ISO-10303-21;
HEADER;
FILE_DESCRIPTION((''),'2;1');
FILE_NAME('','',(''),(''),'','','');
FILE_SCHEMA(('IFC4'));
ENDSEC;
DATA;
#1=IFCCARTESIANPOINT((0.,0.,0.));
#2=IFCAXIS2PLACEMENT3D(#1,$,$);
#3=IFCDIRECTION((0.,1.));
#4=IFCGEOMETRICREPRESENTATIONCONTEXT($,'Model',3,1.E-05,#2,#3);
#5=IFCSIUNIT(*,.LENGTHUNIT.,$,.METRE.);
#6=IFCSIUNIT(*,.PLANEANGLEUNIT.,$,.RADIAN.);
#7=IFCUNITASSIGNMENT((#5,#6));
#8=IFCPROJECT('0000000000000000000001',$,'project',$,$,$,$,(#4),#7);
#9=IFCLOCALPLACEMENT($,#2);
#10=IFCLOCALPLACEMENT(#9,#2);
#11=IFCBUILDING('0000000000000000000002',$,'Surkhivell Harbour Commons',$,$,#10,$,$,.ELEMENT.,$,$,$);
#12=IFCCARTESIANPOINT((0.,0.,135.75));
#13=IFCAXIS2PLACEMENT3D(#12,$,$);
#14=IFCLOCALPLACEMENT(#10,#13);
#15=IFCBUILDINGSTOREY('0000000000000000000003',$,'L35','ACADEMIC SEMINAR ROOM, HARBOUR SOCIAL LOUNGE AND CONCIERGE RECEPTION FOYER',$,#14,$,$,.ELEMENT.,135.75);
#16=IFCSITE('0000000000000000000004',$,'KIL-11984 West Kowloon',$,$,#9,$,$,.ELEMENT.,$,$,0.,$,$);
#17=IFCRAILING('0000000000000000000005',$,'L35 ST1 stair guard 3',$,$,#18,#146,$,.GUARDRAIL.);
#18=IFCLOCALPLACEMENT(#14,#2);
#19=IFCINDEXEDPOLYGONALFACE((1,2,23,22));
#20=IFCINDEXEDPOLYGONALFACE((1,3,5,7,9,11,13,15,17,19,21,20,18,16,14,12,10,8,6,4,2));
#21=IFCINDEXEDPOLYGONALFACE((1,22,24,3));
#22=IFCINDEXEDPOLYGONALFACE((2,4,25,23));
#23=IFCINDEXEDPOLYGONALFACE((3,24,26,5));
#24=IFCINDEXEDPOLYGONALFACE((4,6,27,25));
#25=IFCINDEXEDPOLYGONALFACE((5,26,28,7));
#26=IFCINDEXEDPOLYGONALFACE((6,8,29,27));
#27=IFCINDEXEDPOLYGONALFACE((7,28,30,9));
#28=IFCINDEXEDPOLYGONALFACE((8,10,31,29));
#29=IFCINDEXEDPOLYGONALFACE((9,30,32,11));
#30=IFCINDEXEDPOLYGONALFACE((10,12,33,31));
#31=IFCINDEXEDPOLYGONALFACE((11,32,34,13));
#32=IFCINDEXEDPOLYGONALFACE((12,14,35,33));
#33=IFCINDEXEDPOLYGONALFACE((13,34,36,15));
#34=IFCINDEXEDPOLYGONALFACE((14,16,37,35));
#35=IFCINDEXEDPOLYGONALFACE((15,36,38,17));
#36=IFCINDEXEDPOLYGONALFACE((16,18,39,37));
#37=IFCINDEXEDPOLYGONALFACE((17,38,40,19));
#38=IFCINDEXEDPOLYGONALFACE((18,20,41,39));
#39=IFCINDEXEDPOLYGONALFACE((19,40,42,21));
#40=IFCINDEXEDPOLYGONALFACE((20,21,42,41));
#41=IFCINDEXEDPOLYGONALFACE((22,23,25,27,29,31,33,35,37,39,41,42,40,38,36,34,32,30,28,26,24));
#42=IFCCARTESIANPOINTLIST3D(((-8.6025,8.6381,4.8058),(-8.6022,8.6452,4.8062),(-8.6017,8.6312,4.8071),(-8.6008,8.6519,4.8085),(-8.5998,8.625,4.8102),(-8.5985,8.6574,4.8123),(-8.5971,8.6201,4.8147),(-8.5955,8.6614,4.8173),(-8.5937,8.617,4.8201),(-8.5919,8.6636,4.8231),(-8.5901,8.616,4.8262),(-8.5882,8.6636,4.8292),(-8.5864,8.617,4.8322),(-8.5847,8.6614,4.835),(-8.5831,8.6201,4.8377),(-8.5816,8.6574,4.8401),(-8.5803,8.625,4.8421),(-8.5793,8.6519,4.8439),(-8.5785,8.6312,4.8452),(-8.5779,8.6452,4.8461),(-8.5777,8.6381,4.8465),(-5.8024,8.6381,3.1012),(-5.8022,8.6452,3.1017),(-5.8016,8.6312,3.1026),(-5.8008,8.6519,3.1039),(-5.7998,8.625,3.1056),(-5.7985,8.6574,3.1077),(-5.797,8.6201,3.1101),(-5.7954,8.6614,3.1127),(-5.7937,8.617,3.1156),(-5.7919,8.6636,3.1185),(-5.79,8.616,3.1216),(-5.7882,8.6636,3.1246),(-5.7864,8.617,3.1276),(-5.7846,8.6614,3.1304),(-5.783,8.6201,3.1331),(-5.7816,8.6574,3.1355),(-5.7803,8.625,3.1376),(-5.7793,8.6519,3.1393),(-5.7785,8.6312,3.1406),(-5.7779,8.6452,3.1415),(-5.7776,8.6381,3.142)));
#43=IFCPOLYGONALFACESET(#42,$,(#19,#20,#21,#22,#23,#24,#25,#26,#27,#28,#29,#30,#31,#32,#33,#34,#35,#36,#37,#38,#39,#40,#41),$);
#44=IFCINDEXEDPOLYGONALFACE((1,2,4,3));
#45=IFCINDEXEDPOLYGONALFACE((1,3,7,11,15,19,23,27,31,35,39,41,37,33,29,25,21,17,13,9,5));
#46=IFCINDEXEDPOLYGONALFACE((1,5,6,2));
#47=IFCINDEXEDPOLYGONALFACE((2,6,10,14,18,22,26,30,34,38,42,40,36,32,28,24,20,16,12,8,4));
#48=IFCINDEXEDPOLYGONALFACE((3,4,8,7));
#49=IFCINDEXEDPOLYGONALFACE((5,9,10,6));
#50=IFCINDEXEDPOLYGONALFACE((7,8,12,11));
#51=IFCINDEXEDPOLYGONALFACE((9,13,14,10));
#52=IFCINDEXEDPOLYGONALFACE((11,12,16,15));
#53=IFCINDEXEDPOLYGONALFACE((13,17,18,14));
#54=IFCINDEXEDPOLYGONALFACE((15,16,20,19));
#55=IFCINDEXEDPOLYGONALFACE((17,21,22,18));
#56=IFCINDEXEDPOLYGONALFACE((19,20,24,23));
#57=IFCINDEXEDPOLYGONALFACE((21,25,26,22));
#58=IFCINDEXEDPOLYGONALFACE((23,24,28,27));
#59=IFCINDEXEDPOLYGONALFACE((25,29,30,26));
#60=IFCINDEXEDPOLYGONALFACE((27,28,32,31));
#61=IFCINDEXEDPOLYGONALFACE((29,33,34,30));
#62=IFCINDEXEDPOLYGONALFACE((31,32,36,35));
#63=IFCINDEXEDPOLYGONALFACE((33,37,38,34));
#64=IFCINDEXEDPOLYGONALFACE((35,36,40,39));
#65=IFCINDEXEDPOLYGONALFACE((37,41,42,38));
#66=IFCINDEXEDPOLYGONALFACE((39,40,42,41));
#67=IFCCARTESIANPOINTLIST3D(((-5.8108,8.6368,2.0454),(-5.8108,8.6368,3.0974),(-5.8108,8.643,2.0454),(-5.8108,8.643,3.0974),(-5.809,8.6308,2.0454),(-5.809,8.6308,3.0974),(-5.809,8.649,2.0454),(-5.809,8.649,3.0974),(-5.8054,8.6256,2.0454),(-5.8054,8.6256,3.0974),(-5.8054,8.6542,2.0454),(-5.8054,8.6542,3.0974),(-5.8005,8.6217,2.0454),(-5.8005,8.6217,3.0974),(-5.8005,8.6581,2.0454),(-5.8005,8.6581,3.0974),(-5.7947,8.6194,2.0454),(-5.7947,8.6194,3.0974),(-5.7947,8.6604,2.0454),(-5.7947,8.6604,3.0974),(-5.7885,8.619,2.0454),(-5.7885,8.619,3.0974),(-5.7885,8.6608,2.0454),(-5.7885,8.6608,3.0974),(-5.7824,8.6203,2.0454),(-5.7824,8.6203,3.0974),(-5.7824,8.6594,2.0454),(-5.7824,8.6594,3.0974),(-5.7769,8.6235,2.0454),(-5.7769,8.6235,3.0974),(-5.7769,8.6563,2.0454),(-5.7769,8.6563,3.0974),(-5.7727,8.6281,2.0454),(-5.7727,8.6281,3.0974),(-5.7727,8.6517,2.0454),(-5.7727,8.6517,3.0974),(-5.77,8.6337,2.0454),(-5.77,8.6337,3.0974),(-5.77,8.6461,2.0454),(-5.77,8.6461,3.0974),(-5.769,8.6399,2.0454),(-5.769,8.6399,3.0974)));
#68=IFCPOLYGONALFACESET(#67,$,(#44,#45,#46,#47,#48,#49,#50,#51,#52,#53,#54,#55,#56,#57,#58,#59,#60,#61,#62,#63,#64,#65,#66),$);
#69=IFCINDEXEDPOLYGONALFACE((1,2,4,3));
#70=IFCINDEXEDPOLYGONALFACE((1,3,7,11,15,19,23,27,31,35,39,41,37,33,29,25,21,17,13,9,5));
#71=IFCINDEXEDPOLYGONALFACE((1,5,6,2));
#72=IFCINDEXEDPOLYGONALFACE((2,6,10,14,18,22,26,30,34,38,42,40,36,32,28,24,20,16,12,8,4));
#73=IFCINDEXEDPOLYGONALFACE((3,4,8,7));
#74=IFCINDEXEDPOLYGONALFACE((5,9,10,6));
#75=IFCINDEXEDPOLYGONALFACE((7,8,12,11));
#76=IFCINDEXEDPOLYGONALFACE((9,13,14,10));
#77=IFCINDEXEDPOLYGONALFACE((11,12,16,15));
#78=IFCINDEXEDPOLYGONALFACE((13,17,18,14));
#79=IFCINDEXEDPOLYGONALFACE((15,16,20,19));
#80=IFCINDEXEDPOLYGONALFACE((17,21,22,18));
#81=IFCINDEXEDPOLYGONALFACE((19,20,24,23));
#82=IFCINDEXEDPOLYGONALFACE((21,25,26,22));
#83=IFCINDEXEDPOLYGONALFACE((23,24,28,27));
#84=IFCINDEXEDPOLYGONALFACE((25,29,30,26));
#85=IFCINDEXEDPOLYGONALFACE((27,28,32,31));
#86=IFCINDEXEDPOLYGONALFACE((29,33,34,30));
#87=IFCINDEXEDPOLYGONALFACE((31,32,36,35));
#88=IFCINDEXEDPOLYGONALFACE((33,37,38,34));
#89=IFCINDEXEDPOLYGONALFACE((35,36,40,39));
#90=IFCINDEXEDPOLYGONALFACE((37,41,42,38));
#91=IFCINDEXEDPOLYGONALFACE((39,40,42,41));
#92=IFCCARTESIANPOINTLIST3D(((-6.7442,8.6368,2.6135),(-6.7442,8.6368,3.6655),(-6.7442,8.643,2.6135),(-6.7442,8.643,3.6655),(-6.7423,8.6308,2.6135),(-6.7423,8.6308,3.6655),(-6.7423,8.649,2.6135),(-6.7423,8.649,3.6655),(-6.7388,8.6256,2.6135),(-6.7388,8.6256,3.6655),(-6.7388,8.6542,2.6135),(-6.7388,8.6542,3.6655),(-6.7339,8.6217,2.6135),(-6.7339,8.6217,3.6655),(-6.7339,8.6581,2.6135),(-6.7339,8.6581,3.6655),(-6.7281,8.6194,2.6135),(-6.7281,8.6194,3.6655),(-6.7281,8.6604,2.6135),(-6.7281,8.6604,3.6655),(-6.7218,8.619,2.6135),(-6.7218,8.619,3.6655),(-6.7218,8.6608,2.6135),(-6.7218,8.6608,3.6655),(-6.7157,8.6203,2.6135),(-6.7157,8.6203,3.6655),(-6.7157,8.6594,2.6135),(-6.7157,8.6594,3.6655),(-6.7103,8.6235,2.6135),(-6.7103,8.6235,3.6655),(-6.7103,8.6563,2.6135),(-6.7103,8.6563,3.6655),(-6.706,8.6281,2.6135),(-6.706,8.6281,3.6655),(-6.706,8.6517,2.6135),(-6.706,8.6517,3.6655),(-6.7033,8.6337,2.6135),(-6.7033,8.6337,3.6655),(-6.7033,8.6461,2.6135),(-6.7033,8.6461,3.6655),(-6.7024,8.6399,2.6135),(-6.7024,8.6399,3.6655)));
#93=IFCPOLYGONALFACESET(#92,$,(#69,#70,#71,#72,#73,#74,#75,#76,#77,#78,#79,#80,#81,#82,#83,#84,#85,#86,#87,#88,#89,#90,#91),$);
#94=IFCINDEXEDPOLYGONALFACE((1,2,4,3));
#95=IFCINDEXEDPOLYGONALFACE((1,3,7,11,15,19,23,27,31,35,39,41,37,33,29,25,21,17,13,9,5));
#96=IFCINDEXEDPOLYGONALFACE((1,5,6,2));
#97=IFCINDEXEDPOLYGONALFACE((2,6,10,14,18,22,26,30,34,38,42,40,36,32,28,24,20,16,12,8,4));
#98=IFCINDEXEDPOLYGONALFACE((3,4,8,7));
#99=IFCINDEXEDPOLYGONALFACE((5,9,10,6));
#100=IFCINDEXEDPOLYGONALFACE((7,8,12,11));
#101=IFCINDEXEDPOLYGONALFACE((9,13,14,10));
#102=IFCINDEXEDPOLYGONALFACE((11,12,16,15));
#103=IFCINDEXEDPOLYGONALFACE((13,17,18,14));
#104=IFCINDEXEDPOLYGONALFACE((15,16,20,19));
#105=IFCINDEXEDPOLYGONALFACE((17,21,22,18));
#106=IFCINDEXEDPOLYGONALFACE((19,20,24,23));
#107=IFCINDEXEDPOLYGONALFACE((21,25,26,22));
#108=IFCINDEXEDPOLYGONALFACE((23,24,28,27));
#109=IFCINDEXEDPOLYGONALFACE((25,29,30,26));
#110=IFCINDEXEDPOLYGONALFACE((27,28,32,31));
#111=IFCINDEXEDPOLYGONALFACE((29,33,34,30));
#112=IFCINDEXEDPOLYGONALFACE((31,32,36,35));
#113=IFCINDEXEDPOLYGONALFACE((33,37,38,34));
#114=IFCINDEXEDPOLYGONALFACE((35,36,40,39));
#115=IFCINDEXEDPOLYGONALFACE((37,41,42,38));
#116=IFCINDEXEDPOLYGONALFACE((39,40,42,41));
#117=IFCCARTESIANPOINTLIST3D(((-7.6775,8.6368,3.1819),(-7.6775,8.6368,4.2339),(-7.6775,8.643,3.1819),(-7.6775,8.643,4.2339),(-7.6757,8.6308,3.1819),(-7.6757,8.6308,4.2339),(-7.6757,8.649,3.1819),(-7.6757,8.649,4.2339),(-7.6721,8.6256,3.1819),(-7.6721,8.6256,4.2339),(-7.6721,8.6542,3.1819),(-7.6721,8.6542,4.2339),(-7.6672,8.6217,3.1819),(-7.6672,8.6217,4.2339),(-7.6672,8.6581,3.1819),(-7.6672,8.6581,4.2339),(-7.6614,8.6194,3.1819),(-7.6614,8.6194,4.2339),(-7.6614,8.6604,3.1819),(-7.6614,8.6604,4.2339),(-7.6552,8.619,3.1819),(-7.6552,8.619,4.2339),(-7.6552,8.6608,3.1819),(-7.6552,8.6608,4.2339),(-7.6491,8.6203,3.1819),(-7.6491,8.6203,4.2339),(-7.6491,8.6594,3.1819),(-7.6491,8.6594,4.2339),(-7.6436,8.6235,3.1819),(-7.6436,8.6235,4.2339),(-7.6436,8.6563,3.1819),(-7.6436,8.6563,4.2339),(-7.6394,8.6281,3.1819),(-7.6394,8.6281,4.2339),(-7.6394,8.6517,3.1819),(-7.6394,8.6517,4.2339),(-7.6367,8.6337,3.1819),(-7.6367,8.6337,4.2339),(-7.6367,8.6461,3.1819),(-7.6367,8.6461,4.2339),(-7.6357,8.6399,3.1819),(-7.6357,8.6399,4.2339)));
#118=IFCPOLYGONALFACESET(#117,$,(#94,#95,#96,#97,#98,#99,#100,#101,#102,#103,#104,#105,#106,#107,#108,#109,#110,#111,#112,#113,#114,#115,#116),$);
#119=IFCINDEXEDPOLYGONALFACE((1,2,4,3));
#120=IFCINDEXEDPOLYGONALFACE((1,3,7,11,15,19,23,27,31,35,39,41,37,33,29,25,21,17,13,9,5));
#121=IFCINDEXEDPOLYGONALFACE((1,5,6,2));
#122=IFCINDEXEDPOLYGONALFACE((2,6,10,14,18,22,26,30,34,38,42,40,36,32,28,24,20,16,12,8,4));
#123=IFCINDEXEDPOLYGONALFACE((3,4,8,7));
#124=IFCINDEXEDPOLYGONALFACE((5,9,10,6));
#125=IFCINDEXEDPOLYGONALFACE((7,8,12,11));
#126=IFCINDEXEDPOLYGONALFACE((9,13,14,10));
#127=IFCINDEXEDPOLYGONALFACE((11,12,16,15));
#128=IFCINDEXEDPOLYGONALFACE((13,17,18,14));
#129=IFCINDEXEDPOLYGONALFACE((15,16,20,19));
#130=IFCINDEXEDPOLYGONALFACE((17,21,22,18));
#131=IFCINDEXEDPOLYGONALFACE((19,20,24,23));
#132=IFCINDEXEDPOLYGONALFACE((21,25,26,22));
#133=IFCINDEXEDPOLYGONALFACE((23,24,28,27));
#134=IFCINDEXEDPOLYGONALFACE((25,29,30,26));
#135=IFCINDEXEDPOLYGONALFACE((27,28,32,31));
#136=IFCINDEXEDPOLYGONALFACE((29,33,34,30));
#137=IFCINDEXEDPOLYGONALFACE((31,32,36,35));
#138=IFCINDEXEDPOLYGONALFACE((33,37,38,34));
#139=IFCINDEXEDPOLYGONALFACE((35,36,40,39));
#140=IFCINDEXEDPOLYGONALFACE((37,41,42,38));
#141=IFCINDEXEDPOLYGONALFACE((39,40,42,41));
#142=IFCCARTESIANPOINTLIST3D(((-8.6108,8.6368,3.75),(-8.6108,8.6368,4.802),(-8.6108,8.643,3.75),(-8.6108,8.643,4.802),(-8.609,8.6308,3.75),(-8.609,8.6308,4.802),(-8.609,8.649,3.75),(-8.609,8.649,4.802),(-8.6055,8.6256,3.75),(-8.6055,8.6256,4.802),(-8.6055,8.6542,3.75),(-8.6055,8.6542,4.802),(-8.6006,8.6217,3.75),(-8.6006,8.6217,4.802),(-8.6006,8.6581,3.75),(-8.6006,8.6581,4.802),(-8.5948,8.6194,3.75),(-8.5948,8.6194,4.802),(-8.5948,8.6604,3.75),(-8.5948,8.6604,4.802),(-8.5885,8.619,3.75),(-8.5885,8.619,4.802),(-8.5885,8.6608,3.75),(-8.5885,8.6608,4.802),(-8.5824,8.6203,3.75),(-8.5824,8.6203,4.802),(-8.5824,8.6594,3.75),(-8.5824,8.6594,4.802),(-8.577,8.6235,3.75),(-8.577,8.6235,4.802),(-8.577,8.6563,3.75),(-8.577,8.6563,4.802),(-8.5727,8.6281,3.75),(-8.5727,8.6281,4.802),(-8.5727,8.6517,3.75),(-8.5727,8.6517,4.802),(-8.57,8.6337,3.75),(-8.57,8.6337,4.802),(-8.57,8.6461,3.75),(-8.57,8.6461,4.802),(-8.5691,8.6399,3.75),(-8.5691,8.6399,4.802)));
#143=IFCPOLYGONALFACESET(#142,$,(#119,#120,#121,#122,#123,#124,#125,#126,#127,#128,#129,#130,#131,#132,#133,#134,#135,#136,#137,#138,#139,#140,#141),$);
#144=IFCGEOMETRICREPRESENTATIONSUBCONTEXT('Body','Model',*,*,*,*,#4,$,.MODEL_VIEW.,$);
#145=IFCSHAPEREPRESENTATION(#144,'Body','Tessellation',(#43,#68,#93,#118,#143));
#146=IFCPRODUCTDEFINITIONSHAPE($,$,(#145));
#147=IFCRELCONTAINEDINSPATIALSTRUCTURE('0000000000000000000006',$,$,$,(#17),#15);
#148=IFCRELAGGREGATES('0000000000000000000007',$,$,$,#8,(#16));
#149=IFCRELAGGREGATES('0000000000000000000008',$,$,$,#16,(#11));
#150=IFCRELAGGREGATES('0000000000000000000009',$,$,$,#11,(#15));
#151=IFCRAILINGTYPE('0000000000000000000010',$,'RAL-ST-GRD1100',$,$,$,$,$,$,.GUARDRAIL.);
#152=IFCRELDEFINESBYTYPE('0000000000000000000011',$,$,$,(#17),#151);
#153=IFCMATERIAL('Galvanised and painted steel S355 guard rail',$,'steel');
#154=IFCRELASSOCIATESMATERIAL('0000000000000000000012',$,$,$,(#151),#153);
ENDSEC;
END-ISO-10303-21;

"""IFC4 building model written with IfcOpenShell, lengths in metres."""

from ifc_helpers import new_model, si_unit, direction, frame, origin, origin_2d, place, context, subcontext, project, spatial, circle, extrude, material, type_object, element, save


model = new_model("IFC4")

# Units and contexts
model_context = context("Model", 3, precision=1e-05, world=origin(), true_north=direction((0.0, 1.0)))
body_context = subcontext(model_context, "Body", "Model", "MODEL_VIEW")
ifc_project = project(units=[si_unit("LENGTHUNIT", "METRE"), si_unit("PLANEANGLEUNIT", "RADIAN")], contexts=[model_context])

# Site, building, storey
site_placement = place(None, origin())
site = spatial("IfcSite", under=ifc_project, at=site_placement, Name="KIL-11984 West Kowloon", CompositionType="ELEMENT", RefElevation=0.0)
building_placement = place(site_placement, origin())
building = spatial("IfcBuilding", under=site, at=building_placement, Name="Surkhivell Harbour Commons", CompositionType="ELEMENT")
storey_placement = place(building_placement, frame((0.0, 0.0, 135.75)))
storey = spatial("IfcBuildingStorey", under=building, at=storey_placement, Name="L35", Description="ACADEMIC SEMINAR ROOM, HARBOUR SOCIAL LOUNGE AND CONCIERGE RECEPTION FOYER", CompositionType="ELEMENT", Elevation=135.75)

# Railing
ifc_material_1 = material(Name="Galvanised and painted steel S355 guard rail", Category="steel")
railing_type_1 = type_object("IfcRailingType", Name="RAL-ST-GRD1100", PredefinedType="GUARDRAIL", material=ifc_material_1)
railing_1_placement = place(storey_placement, frame((-5.79, 8.6399, 2.0454)))
element("IfcRailing", 1, at=railing_1_placement, inside=storey, type_object=railing_type_1, Name="L35 ST1 stair guard 3", PredefinedType="GUARDRAIL", context=body_context, shape_type="SweptSolid", body=[
    extrude(circle(Radius=0.0239, at=origin_2d()), frame((0.0, 0.0, 1.0762), z_axis=(-0.85417, 0.0, 0.519994), x_axis=(0.0, -1.0, 0.0)), (0.0, 0.0, 1.0), 3.2781),
    extrude(circle(Radius=0.021, at=origin_2d()), origin(), (0.0, 0.0, 1.0), 1.052),
    extrude(circle(Radius=0.021, at=origin_2d()), frame((-0.9333, 0.0, 0.5681)), (0.0, 0.0, 1.0), 1.052),
    extrude(circle(Radius=0.021, at=origin_2d()), frame((-1.8667, 0.0, 1.1365)), (0.0, 0.0, 1.0), 1.052),
    extrude(circle(Radius=0.021, at=origin_2d()), frame((-2.8, 0.0, 1.7046)), (0.0, 0.0, 1.0), 1.052),
])

save(model, "model.ifc")
